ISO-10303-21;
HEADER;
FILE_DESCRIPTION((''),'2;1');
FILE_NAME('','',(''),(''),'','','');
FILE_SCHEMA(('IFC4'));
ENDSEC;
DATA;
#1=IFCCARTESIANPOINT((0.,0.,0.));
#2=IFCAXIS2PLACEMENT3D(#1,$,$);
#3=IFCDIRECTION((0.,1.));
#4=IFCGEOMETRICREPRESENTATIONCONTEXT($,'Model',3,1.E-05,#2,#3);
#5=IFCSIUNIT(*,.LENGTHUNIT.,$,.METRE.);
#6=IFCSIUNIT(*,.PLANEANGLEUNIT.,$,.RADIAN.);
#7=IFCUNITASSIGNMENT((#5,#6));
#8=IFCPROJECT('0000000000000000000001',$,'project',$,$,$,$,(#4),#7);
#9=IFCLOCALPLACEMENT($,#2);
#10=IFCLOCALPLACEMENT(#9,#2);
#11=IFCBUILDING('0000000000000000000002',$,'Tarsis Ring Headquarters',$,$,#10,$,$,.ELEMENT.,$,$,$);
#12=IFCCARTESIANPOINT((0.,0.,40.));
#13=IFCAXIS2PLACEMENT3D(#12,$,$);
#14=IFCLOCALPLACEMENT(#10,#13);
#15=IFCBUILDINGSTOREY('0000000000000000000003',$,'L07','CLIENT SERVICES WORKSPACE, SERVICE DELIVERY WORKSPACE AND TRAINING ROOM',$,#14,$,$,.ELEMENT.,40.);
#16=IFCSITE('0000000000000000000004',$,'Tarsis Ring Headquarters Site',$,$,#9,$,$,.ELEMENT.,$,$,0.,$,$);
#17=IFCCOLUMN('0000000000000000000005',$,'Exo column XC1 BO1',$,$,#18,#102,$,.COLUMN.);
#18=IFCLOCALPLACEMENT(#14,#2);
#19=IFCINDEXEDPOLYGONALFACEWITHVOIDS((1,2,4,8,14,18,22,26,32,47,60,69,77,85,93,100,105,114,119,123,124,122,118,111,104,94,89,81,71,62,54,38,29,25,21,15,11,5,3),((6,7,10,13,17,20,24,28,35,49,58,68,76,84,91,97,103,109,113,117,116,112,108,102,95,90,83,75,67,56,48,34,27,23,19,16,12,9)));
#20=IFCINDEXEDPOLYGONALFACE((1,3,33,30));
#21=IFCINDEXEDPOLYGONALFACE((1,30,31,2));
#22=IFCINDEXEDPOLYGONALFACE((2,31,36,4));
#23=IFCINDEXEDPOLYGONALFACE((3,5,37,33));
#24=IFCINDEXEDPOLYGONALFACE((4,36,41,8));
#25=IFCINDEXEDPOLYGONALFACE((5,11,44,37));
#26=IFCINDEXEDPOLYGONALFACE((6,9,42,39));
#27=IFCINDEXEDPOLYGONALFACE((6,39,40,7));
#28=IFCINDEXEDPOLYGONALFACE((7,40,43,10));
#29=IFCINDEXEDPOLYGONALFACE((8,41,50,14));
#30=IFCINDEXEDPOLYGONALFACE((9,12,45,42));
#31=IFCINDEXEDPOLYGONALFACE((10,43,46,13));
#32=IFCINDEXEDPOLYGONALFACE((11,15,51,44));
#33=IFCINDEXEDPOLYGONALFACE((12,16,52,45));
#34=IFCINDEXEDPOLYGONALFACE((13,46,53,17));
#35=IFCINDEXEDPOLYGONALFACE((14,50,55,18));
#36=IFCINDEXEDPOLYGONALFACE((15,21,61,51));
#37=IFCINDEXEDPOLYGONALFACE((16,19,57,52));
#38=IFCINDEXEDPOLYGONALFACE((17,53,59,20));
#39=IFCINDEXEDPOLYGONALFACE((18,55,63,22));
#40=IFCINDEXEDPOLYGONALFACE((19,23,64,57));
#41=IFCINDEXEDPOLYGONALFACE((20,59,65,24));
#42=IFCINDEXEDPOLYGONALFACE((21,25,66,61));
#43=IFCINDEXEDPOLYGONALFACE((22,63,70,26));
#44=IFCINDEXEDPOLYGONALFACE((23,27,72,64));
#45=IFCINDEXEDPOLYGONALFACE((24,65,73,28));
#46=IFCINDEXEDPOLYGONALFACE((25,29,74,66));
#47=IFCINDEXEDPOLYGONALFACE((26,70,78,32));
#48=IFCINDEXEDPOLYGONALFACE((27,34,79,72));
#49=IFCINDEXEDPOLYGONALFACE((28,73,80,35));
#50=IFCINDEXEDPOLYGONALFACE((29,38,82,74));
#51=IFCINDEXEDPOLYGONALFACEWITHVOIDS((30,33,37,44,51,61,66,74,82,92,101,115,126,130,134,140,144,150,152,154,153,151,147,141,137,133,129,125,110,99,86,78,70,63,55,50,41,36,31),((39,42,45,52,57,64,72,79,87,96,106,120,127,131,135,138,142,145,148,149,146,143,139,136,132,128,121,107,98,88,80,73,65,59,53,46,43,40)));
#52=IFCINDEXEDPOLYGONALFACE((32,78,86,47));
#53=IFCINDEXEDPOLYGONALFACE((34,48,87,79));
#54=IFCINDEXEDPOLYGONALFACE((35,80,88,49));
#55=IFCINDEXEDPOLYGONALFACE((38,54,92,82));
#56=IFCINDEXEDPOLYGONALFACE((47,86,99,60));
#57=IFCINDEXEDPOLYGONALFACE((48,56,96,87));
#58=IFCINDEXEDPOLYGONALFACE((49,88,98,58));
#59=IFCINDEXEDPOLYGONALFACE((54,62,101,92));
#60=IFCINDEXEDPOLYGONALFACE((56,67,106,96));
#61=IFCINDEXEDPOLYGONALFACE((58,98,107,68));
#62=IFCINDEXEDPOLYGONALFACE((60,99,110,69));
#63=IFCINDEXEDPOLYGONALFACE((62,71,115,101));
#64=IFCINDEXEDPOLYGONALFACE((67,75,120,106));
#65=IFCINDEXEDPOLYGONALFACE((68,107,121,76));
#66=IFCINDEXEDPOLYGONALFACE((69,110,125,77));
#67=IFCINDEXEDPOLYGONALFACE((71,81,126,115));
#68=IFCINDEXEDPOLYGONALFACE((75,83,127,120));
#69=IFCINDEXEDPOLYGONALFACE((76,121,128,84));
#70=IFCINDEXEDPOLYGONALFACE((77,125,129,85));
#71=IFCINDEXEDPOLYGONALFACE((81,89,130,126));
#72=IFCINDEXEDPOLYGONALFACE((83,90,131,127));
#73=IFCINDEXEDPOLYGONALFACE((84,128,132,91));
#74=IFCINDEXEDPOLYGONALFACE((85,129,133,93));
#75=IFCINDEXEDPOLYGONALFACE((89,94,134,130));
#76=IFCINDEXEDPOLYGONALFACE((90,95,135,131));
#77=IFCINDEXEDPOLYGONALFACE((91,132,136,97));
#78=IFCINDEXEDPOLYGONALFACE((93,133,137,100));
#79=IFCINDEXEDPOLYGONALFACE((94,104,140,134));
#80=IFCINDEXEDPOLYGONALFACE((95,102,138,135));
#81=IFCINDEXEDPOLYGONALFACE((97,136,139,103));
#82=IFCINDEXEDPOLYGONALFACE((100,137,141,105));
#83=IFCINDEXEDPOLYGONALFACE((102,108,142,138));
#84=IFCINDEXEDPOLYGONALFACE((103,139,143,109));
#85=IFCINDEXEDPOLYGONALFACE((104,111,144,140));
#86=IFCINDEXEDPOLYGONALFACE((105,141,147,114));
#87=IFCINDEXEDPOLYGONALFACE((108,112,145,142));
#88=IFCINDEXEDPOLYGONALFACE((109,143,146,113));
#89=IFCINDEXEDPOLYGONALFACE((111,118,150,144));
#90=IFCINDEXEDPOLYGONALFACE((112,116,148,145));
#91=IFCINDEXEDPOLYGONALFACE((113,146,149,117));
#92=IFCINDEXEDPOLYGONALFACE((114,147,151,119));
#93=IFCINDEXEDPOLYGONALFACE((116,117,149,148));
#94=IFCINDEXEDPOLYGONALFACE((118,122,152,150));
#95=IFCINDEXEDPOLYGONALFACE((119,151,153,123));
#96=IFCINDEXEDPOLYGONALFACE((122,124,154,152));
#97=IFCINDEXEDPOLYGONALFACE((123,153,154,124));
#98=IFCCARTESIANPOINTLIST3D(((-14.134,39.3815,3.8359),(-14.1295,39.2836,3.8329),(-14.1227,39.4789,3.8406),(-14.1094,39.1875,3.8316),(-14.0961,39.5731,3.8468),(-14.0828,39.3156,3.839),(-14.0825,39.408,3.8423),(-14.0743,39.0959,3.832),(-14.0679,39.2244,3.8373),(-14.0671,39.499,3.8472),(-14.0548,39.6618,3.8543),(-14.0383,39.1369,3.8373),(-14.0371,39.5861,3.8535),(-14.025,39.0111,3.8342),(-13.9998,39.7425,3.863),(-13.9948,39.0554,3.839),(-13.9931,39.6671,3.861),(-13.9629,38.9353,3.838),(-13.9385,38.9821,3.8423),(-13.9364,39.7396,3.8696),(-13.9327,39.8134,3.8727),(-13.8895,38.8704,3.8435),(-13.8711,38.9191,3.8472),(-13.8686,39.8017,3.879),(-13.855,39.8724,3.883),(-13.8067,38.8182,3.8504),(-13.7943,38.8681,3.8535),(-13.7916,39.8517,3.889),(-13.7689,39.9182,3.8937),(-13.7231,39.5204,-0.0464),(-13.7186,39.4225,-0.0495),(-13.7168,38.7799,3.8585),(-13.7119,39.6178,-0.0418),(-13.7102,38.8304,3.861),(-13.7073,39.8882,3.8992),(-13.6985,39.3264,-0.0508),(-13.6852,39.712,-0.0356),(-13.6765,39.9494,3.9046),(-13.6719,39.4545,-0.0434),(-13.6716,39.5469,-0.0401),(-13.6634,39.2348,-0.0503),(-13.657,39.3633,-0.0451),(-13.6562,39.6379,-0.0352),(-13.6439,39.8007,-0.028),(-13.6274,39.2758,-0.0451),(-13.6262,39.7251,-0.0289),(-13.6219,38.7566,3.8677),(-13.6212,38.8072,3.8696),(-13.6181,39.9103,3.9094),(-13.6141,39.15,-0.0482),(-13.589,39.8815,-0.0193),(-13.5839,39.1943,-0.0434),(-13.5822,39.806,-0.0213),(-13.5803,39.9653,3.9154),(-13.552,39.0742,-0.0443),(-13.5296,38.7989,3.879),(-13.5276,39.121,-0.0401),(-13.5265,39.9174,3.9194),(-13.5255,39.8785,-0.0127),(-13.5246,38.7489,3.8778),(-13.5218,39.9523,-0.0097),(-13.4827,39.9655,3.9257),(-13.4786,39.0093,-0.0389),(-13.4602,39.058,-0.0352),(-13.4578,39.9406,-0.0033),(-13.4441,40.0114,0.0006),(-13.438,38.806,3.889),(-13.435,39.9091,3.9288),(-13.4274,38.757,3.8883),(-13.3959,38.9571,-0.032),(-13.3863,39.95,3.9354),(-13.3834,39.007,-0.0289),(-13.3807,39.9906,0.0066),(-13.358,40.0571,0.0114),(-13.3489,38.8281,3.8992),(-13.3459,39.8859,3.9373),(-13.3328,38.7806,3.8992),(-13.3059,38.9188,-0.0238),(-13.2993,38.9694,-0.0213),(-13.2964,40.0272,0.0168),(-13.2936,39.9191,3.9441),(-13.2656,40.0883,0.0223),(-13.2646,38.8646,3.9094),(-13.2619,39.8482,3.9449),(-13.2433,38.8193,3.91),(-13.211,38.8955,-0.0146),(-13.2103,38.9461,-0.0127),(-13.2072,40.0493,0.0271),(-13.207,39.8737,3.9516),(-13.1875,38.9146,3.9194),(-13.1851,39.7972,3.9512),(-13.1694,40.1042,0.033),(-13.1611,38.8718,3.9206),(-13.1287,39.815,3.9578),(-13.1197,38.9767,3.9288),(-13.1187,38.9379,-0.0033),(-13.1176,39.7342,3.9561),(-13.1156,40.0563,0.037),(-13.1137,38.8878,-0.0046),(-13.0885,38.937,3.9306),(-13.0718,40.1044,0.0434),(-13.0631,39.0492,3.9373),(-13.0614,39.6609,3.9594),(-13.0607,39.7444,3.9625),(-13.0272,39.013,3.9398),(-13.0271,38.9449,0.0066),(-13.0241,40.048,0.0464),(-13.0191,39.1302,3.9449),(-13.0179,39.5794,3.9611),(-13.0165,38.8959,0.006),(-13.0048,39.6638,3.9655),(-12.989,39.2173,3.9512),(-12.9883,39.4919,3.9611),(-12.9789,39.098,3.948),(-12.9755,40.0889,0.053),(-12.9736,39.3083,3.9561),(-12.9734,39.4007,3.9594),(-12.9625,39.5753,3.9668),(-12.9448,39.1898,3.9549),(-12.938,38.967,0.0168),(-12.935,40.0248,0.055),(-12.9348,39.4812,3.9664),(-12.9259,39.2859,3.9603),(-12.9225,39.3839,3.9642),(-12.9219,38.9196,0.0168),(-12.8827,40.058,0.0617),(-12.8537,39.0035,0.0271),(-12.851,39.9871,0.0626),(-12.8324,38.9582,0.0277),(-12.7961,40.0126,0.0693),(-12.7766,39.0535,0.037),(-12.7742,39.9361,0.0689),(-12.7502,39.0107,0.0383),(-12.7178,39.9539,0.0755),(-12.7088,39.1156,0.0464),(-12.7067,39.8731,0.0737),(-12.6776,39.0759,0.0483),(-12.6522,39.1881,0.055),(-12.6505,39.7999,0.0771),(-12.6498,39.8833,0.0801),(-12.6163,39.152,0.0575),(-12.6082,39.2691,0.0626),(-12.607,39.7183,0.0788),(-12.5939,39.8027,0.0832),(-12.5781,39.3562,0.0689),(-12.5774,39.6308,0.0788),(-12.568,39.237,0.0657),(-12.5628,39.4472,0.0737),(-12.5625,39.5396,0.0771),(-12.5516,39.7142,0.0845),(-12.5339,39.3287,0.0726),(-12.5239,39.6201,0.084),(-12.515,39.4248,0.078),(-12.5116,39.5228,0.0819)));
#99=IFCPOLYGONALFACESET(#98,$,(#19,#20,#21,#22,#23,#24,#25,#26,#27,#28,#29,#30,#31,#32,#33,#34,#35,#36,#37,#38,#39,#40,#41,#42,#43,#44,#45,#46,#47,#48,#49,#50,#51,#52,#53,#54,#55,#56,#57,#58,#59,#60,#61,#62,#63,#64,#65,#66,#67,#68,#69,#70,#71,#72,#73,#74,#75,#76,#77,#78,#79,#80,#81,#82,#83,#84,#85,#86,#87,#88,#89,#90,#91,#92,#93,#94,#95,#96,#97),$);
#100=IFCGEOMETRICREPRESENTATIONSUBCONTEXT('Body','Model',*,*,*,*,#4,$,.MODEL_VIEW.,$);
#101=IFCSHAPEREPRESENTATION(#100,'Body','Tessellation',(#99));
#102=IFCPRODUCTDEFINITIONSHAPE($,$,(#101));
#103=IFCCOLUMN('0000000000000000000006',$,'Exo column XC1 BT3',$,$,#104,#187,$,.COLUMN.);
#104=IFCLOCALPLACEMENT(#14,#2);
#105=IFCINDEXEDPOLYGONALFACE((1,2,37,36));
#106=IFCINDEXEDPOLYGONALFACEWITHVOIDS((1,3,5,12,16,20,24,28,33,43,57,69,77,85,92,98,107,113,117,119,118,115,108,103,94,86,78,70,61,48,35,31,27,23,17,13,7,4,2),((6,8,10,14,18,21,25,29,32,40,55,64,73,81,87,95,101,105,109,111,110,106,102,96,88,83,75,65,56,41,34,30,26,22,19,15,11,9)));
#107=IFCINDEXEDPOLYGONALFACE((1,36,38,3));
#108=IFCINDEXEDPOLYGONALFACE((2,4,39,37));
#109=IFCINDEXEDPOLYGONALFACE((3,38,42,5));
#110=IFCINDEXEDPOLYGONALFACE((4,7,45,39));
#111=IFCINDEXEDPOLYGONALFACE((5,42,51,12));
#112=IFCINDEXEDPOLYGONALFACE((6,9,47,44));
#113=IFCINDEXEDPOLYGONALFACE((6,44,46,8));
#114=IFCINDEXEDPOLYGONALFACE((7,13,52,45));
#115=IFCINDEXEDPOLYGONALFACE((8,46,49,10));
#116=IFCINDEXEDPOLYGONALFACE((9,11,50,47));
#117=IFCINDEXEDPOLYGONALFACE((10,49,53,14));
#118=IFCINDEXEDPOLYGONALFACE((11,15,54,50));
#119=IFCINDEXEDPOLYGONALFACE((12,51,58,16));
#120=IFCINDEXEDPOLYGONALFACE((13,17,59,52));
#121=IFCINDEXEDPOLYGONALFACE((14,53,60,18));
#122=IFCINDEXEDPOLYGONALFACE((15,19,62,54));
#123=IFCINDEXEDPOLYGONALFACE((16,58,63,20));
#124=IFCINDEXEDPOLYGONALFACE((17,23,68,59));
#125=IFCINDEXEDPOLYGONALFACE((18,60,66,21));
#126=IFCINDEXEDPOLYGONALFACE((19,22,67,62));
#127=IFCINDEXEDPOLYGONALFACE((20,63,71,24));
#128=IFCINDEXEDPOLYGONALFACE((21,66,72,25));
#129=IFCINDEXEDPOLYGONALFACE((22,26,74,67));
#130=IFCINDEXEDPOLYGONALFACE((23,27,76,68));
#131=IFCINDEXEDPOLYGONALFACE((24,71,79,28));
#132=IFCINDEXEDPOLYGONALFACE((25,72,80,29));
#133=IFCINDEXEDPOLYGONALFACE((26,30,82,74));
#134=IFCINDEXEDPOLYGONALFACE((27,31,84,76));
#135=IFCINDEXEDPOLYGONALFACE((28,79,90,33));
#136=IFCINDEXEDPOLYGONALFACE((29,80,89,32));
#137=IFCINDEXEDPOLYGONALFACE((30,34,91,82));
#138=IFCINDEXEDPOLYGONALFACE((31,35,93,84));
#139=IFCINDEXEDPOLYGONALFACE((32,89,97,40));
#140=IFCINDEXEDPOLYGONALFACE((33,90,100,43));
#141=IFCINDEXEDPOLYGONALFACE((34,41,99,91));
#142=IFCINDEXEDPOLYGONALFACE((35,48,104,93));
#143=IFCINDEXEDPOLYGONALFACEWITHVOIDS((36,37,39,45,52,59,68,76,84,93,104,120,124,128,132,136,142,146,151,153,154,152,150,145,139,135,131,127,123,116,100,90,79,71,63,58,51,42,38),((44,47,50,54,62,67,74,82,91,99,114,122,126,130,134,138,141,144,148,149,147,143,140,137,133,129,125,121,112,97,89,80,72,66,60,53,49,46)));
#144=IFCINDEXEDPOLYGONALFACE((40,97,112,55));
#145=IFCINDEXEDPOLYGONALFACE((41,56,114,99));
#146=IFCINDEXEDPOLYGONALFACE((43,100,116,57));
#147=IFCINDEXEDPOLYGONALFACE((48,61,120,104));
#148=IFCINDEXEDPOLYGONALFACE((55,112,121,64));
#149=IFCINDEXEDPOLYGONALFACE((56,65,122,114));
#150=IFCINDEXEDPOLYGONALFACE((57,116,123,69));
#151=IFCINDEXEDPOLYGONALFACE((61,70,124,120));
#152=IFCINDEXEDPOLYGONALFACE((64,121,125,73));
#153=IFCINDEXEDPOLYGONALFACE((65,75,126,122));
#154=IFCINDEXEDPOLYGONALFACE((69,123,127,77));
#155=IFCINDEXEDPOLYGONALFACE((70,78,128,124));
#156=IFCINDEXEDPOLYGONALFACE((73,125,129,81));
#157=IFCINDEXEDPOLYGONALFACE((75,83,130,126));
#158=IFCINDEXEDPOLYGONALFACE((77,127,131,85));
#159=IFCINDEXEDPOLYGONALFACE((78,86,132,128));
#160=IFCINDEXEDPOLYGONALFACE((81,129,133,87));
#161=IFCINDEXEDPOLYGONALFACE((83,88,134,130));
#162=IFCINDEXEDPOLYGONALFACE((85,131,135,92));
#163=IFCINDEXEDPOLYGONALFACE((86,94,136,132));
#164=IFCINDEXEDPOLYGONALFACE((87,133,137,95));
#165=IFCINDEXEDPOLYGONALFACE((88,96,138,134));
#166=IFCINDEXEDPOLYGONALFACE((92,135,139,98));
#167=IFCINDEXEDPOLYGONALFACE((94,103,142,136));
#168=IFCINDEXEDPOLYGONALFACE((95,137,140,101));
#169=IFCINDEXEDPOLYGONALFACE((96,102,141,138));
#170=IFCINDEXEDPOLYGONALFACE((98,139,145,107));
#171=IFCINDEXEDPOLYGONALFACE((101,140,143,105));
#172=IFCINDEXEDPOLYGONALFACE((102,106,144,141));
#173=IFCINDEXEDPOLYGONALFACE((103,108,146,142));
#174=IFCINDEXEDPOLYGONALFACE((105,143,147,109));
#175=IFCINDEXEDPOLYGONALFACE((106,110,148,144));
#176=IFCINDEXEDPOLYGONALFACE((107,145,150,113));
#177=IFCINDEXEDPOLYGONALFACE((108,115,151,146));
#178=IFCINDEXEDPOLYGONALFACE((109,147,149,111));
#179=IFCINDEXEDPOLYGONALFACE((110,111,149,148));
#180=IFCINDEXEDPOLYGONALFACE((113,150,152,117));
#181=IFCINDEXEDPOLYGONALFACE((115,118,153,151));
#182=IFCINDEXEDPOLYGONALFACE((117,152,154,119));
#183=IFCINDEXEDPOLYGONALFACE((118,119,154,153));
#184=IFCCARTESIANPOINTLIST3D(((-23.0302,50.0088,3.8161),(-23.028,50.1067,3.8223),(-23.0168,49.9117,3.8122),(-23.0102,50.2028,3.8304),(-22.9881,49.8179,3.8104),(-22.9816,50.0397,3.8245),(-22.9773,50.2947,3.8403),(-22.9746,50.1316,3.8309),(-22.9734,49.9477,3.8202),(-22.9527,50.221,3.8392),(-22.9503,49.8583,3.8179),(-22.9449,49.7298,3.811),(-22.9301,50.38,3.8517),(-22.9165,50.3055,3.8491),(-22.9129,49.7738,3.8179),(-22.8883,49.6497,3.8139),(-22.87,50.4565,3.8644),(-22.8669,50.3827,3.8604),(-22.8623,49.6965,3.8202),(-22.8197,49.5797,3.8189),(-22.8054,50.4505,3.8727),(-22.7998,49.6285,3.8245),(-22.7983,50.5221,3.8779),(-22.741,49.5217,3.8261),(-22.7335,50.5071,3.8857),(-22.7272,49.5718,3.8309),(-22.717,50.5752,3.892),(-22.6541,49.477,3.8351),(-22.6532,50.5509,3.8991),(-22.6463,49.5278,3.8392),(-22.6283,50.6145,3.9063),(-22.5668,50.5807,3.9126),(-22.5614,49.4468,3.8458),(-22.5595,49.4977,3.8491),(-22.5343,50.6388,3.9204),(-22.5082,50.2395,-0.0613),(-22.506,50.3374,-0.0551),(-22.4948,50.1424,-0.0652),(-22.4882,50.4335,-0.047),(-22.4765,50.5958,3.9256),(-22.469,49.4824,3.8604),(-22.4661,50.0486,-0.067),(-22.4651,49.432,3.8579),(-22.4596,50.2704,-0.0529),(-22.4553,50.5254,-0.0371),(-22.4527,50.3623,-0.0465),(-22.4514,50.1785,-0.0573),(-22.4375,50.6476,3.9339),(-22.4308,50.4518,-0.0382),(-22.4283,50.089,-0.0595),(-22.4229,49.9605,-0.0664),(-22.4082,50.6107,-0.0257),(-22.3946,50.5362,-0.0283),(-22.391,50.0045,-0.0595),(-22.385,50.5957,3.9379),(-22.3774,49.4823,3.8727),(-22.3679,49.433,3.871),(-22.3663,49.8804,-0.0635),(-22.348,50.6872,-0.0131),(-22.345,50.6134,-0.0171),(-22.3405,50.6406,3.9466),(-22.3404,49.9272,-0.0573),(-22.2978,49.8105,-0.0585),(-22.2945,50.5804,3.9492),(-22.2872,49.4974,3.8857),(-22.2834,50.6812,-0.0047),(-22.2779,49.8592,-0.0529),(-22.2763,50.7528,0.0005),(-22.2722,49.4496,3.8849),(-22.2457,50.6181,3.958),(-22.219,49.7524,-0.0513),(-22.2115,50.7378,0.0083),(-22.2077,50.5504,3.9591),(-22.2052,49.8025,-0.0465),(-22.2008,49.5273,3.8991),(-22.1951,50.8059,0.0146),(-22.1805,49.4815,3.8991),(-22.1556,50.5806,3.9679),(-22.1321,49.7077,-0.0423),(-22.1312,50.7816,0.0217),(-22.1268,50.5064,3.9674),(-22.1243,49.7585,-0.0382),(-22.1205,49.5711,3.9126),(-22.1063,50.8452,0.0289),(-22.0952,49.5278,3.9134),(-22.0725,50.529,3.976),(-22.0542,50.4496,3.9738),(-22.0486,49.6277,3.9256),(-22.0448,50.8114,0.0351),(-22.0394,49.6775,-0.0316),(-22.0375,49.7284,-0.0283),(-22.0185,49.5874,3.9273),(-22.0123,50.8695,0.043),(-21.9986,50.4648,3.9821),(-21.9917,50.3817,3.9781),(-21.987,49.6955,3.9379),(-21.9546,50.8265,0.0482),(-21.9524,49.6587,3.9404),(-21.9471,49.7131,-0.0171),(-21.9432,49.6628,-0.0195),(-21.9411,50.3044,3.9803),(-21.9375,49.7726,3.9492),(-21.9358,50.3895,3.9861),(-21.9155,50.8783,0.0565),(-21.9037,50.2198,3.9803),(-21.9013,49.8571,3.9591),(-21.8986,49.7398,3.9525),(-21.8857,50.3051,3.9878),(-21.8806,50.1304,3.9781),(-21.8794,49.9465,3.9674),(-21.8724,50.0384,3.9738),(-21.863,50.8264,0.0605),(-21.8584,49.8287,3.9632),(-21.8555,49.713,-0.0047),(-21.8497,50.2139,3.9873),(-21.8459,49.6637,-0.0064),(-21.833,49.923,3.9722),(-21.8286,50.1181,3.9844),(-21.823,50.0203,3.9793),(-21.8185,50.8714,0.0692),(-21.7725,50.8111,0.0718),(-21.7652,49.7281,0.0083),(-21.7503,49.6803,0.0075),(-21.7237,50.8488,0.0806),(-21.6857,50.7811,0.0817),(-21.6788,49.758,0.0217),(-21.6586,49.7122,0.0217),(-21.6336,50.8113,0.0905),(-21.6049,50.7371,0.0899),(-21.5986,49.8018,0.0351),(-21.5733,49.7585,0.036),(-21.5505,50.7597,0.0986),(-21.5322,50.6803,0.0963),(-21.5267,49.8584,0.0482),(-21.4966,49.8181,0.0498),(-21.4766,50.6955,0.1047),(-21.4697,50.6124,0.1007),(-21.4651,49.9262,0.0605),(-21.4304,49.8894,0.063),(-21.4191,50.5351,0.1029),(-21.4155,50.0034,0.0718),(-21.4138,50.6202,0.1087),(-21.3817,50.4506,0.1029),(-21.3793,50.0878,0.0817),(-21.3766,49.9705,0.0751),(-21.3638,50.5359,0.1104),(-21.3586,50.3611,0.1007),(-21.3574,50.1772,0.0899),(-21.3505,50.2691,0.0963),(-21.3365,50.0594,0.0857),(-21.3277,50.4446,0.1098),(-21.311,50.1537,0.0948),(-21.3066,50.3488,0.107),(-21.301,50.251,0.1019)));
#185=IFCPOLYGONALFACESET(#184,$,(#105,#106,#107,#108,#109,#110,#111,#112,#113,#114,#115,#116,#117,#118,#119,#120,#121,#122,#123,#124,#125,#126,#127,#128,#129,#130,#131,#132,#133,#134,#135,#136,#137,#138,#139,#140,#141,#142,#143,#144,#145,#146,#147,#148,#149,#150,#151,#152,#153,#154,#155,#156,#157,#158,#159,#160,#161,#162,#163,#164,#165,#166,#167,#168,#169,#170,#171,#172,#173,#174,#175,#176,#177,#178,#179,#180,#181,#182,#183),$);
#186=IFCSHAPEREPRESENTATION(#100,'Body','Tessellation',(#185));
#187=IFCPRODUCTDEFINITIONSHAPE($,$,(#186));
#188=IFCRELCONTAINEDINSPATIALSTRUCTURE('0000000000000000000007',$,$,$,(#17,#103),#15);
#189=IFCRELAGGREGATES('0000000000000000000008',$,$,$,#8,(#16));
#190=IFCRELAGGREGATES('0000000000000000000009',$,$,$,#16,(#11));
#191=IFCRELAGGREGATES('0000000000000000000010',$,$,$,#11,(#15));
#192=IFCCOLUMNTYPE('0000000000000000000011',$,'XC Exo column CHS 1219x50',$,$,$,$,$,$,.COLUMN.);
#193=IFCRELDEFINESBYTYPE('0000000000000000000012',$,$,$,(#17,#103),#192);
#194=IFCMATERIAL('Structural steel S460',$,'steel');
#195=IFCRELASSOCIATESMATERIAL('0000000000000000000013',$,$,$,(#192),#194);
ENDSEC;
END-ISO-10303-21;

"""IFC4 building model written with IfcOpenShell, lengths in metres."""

from ifc_helpers import new_model, si_unit, direction, frame, origin, origin_2d, place, context, subcontext, project, spatial, hollow_circle, extrude, material, material_profile, profile_set, type_object, element, save


model = new_model("IFC4")

# Units and contexts
model_context = context("Model", 3, precision=1e-05, world=origin(), true_north=direction((0.0, 1.0)))
body_context = subcontext(model_context, "Body", "Model", "MODEL_VIEW")
ifc_project = project(units=[si_unit("LENGTHUNIT", "METRE"), si_unit("PLANEANGLEUNIT", "RADIAN")], contexts=[model_context])

# Site, building, storey
site_placement = place(None, origin())
site = spatial("IfcSite", under=ifc_project, at=site_placement, Name="Tarsis Ring Headquarters Site", CompositionType="ELEMENT", RefElevation=0.0)
building_placement = place(site_placement, origin())
building = spatial("IfcBuilding", under=site, at=building_placement, Name="Tarsis Ring Headquarters", CompositionType="ELEMENT")
storey_placement = place(building_placement, frame((0.0, 0.0, 40.0)))
storey = spatial("IfcBuildingStorey", under=building, at=storey_placement, Name="L07", Description="CLIENT SERVICES WORKSPACE, SERVICE DELIVERY WORKSPACE AND TRAINING ROOM", CompositionType="ELEMENT", Elevation=40.0)

# Columns
ifc_material_1 = material(Name="Structural steel S460", Category="steel")
ifc_material_profile_1 = material_profile(ifc_material_1, hollow_circle(Radius=0.6096, WallThickness=0.05, at=origin_2d()), Name="CHS 1219x50")
ifc_profile_set_1 = profile_set([ifc_material_profile_1], Name="Structural steel S460")
column_type = type_object("IfcColumnType", Name="XC Exo column CHS 1219x50", PredefinedType="COLUMN", material=ifc_profile_set_1)
column_1_placement = place(storey_placement, frame((-13.1172, 39.4971, 0.0168), z_axis=(-0.105181, -0.03556, 0.993817), x_axis=(0.320278, -0.947324, 0.0)))
element("IfcColumn", 1, at=column_1_placement, inside=storey, type_object=column_type, Name="Exo column XC1 BO1", PredefinedType="COLUMN", context=body_context, shape_type="SweptSolid", body=[
    extrude(hollow_circle(Radius=0.6096, WallThickness=0.05, at=origin_2d()), origin(), (0.0, 0.0, 1.0), 3.9065),
])
column_2_placement = place(storey_placement, frame((-21.905, 50.2698, 0.0217), z_axis=(-0.133183, -0.058867, 0.989342), x_axis=(0.404272, -0.914639, 0.0)))
element("IfcColumn", 2, at=column_2_placement, inside=storey, type_object=column_type, Name="Exo column XC1 BT3", PredefinedType="COLUMN", context=body_context, shape_type="SweptSolid", body=[
    extrude(hollow_circle(Radius=0.6096, WallThickness=0.05, at=origin_2d()), origin(), (0.0, 0.0, 1.0), 3.9192),
])

save(model, "model.ifc")
